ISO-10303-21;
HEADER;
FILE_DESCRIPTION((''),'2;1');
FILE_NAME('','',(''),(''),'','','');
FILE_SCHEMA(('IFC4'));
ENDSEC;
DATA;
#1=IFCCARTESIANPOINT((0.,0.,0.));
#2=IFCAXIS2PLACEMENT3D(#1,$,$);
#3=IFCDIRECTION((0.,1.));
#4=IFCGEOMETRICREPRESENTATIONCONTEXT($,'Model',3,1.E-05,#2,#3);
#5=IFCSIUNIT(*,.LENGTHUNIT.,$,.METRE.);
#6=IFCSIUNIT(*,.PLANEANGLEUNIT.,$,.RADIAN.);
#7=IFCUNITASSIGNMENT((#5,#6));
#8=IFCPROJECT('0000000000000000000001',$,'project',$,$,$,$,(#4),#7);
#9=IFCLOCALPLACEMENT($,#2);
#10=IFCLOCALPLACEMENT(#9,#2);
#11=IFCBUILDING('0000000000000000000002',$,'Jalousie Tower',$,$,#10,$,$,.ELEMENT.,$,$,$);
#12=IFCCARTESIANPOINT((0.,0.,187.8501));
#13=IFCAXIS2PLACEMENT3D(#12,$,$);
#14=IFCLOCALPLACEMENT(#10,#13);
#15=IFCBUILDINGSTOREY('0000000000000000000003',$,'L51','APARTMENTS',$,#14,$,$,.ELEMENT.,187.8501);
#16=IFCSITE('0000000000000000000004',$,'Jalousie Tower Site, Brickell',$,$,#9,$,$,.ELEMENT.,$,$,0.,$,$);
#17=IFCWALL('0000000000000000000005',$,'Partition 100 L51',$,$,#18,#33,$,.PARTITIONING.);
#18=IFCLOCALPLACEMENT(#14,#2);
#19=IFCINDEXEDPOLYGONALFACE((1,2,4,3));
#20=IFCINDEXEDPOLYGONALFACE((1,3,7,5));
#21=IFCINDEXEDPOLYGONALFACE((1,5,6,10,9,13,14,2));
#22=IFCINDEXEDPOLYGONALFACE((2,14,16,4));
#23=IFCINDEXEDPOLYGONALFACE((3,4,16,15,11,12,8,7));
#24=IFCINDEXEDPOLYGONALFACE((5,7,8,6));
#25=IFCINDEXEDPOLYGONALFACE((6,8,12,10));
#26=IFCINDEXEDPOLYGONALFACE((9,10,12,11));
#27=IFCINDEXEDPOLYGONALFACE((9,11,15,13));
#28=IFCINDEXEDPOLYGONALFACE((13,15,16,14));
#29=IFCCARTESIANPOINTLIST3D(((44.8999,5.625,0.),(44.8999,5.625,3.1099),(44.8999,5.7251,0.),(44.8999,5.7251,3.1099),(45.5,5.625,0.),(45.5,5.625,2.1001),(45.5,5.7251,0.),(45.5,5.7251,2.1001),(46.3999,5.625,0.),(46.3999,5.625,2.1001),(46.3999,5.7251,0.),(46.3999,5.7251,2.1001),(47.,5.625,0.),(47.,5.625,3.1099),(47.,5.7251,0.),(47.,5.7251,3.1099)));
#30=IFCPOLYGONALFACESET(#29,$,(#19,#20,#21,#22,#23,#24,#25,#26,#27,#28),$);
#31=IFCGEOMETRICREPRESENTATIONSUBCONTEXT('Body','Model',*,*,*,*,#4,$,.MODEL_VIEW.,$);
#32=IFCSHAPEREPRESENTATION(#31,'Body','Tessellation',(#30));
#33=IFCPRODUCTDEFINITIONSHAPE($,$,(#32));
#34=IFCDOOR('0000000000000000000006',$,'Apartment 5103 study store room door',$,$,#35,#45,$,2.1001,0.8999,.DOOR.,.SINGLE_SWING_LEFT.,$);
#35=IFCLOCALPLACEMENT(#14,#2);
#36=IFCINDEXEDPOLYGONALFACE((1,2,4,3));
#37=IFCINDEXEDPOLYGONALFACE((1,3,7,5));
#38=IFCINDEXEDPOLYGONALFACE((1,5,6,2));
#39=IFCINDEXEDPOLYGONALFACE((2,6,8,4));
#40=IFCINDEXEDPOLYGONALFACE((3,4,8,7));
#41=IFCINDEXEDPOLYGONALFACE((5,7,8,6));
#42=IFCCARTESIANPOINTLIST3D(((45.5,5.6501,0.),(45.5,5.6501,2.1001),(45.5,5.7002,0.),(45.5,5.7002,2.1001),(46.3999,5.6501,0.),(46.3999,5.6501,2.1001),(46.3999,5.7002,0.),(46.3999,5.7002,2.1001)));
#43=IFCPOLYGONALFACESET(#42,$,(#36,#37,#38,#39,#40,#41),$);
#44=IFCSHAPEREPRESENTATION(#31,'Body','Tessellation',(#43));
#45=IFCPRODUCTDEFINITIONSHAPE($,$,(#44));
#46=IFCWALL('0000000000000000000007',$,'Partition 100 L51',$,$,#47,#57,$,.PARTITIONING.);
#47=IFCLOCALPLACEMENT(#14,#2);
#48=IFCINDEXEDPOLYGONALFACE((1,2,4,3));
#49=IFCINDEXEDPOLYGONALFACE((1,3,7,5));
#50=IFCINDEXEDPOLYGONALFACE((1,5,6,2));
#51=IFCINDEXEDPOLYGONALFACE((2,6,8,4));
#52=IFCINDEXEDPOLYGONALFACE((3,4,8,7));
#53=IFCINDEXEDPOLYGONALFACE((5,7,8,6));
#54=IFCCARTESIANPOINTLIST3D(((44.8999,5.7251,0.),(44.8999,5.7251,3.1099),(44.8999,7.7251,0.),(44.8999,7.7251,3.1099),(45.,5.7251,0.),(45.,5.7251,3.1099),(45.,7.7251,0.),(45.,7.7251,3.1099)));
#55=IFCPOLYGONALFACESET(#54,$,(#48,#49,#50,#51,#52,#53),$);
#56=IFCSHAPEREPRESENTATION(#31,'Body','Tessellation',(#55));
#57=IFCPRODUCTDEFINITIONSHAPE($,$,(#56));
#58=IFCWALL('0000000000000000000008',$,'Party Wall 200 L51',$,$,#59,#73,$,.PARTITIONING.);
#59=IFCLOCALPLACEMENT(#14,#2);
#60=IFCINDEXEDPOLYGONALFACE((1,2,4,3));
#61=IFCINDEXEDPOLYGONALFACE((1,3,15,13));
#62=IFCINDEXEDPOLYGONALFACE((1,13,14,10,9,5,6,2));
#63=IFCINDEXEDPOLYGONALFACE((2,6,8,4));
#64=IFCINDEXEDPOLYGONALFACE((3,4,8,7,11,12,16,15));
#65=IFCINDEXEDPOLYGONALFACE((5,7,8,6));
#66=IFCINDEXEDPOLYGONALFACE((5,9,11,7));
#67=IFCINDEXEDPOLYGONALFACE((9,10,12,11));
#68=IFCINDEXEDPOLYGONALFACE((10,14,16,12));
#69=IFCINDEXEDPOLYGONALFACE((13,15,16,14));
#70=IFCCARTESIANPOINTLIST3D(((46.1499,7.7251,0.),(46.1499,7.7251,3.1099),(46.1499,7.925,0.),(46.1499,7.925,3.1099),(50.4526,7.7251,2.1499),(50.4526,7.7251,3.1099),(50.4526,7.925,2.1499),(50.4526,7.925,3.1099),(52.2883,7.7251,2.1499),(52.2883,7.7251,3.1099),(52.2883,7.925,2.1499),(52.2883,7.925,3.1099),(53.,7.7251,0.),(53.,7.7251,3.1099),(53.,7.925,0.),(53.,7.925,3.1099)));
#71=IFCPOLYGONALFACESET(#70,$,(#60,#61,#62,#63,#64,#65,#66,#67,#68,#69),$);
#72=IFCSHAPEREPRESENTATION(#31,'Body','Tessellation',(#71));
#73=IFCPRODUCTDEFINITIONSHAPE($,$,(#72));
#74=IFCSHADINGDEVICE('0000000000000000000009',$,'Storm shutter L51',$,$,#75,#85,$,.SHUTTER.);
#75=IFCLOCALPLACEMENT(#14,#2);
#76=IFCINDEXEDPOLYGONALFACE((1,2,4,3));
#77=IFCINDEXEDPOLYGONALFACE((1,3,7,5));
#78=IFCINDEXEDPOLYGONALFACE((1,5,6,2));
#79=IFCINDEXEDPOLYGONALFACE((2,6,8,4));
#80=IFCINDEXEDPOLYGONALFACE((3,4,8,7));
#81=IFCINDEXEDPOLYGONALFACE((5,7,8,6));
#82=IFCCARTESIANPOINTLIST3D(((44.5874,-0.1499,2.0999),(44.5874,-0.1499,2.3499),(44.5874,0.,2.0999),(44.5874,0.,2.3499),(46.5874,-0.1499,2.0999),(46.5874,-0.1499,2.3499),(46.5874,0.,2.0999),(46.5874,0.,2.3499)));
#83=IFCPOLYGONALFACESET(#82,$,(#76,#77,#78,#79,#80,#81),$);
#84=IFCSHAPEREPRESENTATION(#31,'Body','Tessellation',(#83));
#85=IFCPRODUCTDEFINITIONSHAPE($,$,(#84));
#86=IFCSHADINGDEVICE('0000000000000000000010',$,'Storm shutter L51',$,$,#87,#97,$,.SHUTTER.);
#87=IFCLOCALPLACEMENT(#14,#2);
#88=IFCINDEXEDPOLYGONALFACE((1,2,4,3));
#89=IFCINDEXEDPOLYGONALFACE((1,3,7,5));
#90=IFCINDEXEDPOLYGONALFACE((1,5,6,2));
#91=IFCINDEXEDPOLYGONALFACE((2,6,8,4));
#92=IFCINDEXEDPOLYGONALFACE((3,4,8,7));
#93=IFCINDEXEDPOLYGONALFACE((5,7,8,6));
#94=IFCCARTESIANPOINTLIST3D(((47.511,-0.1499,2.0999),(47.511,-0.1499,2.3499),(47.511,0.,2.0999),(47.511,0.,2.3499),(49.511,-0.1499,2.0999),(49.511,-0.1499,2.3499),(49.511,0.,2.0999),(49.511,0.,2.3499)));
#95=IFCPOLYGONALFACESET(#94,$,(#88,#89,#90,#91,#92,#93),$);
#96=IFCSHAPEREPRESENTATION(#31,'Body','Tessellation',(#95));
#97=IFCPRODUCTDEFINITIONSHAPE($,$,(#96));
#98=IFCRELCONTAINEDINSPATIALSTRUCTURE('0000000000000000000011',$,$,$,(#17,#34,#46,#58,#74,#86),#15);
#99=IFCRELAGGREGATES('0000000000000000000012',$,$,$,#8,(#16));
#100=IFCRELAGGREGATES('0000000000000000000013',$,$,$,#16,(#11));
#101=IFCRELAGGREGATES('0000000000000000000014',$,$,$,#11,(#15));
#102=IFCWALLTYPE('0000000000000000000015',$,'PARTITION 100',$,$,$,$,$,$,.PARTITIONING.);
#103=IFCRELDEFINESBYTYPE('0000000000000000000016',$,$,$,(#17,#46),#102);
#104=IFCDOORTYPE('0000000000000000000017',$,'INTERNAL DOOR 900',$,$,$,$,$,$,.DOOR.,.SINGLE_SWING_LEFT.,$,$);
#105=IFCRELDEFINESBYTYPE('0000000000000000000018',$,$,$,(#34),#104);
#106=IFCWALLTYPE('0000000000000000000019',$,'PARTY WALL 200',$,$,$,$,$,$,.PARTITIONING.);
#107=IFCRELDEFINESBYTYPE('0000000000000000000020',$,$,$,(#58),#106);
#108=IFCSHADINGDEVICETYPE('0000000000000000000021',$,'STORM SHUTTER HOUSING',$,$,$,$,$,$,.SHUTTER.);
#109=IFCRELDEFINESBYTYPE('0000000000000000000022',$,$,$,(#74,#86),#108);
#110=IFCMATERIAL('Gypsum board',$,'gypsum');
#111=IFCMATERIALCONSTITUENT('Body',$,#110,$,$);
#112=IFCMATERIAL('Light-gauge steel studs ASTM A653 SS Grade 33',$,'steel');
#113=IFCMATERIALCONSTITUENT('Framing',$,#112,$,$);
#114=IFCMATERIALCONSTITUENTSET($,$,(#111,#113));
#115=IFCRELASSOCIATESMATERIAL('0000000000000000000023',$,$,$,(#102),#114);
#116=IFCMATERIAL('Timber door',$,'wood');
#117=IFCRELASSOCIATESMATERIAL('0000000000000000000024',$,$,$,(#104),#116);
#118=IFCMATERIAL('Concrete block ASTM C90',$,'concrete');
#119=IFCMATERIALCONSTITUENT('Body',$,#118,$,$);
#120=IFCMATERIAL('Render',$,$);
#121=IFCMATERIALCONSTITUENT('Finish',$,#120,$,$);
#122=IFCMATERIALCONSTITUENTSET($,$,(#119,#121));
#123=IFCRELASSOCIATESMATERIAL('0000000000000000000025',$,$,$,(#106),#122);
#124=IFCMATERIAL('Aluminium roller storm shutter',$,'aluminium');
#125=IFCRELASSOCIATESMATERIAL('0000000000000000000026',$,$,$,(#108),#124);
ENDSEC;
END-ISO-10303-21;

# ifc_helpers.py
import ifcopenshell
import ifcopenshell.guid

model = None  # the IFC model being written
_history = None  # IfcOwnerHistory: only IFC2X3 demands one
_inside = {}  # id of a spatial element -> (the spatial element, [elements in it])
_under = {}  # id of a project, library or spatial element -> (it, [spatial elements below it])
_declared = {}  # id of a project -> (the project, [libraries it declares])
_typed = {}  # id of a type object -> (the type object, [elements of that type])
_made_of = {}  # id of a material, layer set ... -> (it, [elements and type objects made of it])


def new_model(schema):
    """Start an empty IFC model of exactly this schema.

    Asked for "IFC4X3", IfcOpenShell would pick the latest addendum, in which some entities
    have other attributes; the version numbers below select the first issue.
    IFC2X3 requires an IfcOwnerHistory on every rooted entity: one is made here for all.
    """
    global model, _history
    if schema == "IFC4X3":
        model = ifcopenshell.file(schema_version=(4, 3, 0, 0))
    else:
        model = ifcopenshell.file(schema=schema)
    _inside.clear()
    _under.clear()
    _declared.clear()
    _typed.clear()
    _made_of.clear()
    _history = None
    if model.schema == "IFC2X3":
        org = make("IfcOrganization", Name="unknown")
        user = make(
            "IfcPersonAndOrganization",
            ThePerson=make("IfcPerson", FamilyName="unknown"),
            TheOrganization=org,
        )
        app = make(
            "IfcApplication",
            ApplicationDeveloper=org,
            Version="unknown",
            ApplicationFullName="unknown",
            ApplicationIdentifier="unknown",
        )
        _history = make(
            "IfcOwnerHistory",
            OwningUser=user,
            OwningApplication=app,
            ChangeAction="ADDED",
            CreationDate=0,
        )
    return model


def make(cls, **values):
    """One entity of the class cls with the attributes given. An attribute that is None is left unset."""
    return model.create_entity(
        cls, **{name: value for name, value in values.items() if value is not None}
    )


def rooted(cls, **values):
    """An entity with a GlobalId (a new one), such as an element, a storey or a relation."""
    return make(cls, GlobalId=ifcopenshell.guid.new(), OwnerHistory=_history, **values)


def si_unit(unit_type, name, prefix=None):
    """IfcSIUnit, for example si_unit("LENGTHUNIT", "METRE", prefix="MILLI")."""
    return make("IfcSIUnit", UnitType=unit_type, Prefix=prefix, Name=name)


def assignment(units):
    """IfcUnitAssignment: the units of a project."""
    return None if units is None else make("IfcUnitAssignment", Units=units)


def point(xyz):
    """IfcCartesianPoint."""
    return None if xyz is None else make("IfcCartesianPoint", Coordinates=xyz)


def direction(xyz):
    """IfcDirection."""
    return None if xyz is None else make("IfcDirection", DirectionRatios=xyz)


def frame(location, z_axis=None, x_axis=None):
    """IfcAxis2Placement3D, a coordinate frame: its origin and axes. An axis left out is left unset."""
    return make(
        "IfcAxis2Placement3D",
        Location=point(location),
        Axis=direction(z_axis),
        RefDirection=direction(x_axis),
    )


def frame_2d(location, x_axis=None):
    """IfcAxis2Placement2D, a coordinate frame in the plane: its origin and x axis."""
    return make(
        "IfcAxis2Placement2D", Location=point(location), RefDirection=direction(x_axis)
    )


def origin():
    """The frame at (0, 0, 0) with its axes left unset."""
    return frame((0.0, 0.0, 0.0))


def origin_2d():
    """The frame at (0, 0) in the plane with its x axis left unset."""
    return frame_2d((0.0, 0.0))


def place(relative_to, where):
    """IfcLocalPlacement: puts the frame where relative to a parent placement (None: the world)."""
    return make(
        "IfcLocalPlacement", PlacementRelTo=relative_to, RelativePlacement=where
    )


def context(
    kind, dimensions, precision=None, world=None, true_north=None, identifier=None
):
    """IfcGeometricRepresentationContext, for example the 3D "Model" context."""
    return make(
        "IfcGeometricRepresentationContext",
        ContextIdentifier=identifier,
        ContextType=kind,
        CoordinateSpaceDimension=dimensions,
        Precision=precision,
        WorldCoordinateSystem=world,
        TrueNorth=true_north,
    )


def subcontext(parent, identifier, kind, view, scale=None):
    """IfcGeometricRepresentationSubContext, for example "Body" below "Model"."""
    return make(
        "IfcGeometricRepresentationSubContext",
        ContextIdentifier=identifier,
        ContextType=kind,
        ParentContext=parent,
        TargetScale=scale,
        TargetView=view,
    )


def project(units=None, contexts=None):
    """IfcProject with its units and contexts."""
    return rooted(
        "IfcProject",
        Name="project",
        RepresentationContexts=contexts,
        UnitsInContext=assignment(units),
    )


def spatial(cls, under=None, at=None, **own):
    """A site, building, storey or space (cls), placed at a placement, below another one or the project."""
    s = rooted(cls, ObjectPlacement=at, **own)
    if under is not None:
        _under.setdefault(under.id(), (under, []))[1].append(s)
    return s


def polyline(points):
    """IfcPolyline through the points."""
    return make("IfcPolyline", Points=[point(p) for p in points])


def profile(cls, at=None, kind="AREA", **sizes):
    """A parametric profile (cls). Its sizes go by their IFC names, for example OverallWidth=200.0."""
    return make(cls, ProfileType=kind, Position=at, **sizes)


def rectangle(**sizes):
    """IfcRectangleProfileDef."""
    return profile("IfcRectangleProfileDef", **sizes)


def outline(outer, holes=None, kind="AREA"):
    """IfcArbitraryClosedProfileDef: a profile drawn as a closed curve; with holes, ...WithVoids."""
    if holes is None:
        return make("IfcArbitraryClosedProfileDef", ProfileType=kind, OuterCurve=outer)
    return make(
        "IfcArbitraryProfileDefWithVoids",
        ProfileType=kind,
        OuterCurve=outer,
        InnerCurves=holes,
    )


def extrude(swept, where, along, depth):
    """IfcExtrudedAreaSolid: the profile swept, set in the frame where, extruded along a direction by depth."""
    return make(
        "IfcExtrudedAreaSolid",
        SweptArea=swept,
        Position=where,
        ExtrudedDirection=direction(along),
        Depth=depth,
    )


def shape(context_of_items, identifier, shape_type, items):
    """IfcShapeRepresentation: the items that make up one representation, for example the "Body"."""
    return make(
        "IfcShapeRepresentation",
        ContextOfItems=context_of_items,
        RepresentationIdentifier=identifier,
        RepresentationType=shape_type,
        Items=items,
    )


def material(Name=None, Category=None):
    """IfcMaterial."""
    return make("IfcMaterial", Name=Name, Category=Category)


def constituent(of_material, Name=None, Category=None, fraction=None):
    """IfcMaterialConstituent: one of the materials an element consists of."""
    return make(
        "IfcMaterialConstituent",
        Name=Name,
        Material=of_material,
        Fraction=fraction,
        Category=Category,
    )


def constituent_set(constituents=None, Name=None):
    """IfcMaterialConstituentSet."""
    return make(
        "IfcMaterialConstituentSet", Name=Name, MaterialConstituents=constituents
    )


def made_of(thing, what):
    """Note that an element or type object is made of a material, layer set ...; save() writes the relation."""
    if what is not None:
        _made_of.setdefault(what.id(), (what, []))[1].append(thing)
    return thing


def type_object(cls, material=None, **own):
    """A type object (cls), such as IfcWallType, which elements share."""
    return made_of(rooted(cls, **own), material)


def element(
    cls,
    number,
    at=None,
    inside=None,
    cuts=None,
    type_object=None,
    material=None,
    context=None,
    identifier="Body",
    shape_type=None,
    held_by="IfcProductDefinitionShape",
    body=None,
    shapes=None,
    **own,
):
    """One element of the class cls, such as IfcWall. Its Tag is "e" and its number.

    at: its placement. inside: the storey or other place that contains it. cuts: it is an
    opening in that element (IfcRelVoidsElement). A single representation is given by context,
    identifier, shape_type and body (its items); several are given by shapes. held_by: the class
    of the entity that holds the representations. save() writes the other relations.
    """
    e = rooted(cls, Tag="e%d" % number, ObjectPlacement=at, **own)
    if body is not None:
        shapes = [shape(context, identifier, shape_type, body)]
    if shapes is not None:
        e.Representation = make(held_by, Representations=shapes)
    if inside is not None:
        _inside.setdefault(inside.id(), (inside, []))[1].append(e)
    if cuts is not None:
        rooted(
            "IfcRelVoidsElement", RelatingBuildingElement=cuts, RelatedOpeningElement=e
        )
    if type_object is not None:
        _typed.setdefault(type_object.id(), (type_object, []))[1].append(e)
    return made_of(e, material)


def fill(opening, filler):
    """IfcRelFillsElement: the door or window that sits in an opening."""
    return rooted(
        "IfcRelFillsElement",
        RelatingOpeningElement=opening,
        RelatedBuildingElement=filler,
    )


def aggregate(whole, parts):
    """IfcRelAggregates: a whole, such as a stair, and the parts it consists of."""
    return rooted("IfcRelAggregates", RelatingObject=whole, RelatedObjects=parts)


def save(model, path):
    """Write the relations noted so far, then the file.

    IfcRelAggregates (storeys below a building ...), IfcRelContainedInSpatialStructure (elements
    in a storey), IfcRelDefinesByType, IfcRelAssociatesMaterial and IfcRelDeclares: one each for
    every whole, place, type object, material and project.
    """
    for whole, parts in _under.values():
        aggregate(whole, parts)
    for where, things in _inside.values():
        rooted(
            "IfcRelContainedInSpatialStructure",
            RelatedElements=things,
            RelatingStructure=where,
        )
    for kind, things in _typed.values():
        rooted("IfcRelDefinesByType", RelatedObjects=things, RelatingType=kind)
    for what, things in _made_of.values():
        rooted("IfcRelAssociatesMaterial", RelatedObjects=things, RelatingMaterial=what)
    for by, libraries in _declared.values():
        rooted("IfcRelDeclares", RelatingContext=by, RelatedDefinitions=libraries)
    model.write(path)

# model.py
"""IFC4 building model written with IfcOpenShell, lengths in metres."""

from ifc_helpers import new_model, si_unit, direction, frame, frame_2d, origin, origin_2d, place, context, subcontext, project, spatial, polyline, rectangle, outline, extrude, material, constituent, constituent_set, type_object, element, fill, save


model = new_model("IFC4")

# Units and contexts
model_context = context("Model", 3, precision=1e-05, world=origin(), true_north=direction((0.0, 1.0)))
body_context = subcontext(model_context, "Body", "Model", "MODEL_VIEW")
ifc_project = project(units=[si_unit("LENGTHUNIT", "METRE"), si_unit("PLANEANGLEUNIT", "RADIAN")], contexts=[model_context])

# Site, building, storey
site_placement = place(None, origin())
site = spatial("IfcSite", under=ifc_project, at=site_placement, Name="Jalousie Tower Site, Brickell", CompositionType="ELEMENT", RefElevation=0.0)
building_placement = place(site_placement, origin())
building = spatial("IfcBuilding", under=site, at=building_placement, Name="Jalousie Tower", CompositionType="ELEMENT")
storey_placement = place(building_placement, frame((0.0, 0.0, 187.8501)))
storey = spatial("IfcBuildingStorey", under=building, at=storey_placement, Name="L51", Description="APARTMENTS", CompositionType="ELEMENT", Elevation=187.8501)

# Shared definitions
ifc_material_1 = material(Name="Gypsum board", Category="gypsum")
ifc_constituent_1 = constituent(ifc_material_1, Name="Body")
ifc_material_2 = material(Name="Light-gauge steel studs ASTM A653 SS Grade 33", Category="steel")
ifc_constituent_2 = constituent(ifc_material_2, Name="Framing")
ifc_constituent_set_1 = constituent_set(constituents=[ifc_constituent_1, ifc_constituent_2])
wall_type_1 = type_object("IfcWallType", Name="PARTITION 100", PredefinedType="PARTITIONING", material=ifc_constituent_set_1)
ifc_material_3 = material(Name="Timber door", Category="wood")
door_type_1 = type_object("IfcDoorType", Name="INTERNAL DOOR 900", OperationType="SINGLE_SWING_LEFT", PredefinedType="DOOR", material=ifc_material_3)

# Wall, opening, door
wall_1_placement = place(storey_placement, frame((47.0, 5.675, 0.0), z_axis=(0.0, 0.0, 1.0), x_axis=(-1.0, 0.0, 0.0)))
wall_1 = element("IfcWall", 1, at=wall_1_placement, inside=storey, type_object=wall_type_1, Name="Partition 100 L51", PredefinedType="PARTITIONING", context=body_context, shape_type="SweptSolid", body=[
    extrude(rectangle(XDim=2.1001, YDim=0.1001, at=frame_2d((1.05, 0.0))), origin(), (0.0, 0.0, 1.0), 3.1099),
])
opening_1_placement = place(wall_1_placement, frame((0.6001, 0.0, 0.0)))
opening_1 = element("IfcOpeningElement", 2, at=opening_1_placement, cuts=wall_1, PredefinedType="OPENING", context=body_context, shape_type="SweptSolid", body=[
    extrude(rectangle(XDim=0.8999, YDim=2.1001, at=frame_2d((0.45, 1.05))), frame((0.0, 0.0601, 0.0), z_axis=(0.0, -1.0, 0.0), x_axis=(1.0, 0.0, 0.0)), (0.0, 0.0, 1.0), 0.1201),
])
door_1_placement = place(opening_1_placement, origin())
door_1 = element("IfcDoor", 3, at=door_1_placement, inside=storey, type_object=door_type_1, Name="Apartment 5103 study store room door", OperationType="SINGLE_SWING_LEFT", OverallHeight=2.1001, OverallWidth=0.8999, PredefinedType="DOOR", context=body_context, shape_type="SweptSolid", body=[
    extrude(rectangle(XDim=0.8999, YDim=2.1001, at=frame_2d((0.45, 1.05))), frame((0.0, 0.0249, 0.0), z_axis=(0.0, -1.0, 0.0), x_axis=(1.0, 0.0, 0.0)), (0.0, 0.0, 1.0), 0.05),
])
fill(opening_1, door_1)

# Walls
wall_2_placement = place(storey_placement, frame((44.95, 7.7251, 0.0), z_axis=(0.0, 0.0, 1.0), x_axis=(0.0, -1.0, 0.0)))
element("IfcWall", 4, at=wall_2_placement, inside=storey, type_object=wall_type_1, Name="Partition 100 L51", PredefinedType="PARTITIONING", context=body_context, shape_type="SweptSolid", body=[
    extrude(rectangle(XDim=2.0, YDim=0.1001, at=frame_2d((1.0, 0.0))), origin(), (0.0, 0.0, 1.0), 3.1099),
])
ifc_material_4 = material(Name="Concrete block ASTM C90", Category="concrete")
ifc_constituent_3 = constituent(ifc_material_4, Name="Body")
ifc_material_5 = material(Name="Render")
ifc_constituent_4 = constituent(ifc_material_5, Name="Finish")
ifc_constituent_set_2 = constituent_set(constituents=[ifc_constituent_3, ifc_constituent_4])
wall_type_2 = type_object("IfcWallType", Name="PARTY WALL 200", PredefinedType="PARTITIONING", material=ifc_constituent_set_2)
wall_3_placement = place(storey_placement, frame((46.1499, 7.825, 0.0), z_axis=(0.0, 0.0, 1.0), x_axis=(1.0, 0.0, 0.0)))
element("IfcWall", 5, at=wall_3_placement, inside=storey, type_object=wall_type_2, Name="Party Wall 200 L51", PredefinedType="PARTITIONING", context=body_context, shape_type="SweptSolid", body=[
    extrude(outline(polyline([(0.0, 0.0), (6.8501, 0.0), (6.8501, 3.1099), (6.1384, 3.1099), (6.1384, 2.1499), (4.3027, 2.1499), (4.3027, 3.1099), (0.0, 3.1099), (0.0, 0.0)])), frame((0.0, 0.1001, 0.0), z_axis=(0.0, -1.0, 0.0), x_axis=(1.0, 0.0, 0.0)), (0.0, 0.0, 1.0), 0.2),
])

# Shading devices
ifc_material_6 = material(Name="Aluminium roller storm shutter", Category="aluminium")
shading_device_type = type_object("IfcShadingDeviceType", Name="STORM SHUTTER HOUSING", PredefinedType="SHUTTER", material=ifc_material_6)
for number, where, z_axis, x_axis, name in (
    (6, (45.5874, -0.075, 2.0999), (0.0, 0.0, 1.0), (1.0, 0.0, 0.0), "Storm shutter L51"),
    (7, (48.511, -0.075, 2.0999), (0.0, 0.0, 1.0), (1.0, 0.0, 0.0), "Storm shutter L51"),
):
    element("IfcShadingDevice", number, at=place(storey_placement, frame(where, z_axis=z_axis, x_axis=x_axis)), inside=storey, type_object=shading_device_type, Name=name, PredefinedType="SHUTTER", context=body_context, shape_type="SweptSolid", body=[
        extrude(rectangle(XDim=2.0, YDim=0.1499, at=origin_2d()), origin(), (0.0, 0.0, 1.0), 0.25),
    ])

save(model, "model.ifc")
